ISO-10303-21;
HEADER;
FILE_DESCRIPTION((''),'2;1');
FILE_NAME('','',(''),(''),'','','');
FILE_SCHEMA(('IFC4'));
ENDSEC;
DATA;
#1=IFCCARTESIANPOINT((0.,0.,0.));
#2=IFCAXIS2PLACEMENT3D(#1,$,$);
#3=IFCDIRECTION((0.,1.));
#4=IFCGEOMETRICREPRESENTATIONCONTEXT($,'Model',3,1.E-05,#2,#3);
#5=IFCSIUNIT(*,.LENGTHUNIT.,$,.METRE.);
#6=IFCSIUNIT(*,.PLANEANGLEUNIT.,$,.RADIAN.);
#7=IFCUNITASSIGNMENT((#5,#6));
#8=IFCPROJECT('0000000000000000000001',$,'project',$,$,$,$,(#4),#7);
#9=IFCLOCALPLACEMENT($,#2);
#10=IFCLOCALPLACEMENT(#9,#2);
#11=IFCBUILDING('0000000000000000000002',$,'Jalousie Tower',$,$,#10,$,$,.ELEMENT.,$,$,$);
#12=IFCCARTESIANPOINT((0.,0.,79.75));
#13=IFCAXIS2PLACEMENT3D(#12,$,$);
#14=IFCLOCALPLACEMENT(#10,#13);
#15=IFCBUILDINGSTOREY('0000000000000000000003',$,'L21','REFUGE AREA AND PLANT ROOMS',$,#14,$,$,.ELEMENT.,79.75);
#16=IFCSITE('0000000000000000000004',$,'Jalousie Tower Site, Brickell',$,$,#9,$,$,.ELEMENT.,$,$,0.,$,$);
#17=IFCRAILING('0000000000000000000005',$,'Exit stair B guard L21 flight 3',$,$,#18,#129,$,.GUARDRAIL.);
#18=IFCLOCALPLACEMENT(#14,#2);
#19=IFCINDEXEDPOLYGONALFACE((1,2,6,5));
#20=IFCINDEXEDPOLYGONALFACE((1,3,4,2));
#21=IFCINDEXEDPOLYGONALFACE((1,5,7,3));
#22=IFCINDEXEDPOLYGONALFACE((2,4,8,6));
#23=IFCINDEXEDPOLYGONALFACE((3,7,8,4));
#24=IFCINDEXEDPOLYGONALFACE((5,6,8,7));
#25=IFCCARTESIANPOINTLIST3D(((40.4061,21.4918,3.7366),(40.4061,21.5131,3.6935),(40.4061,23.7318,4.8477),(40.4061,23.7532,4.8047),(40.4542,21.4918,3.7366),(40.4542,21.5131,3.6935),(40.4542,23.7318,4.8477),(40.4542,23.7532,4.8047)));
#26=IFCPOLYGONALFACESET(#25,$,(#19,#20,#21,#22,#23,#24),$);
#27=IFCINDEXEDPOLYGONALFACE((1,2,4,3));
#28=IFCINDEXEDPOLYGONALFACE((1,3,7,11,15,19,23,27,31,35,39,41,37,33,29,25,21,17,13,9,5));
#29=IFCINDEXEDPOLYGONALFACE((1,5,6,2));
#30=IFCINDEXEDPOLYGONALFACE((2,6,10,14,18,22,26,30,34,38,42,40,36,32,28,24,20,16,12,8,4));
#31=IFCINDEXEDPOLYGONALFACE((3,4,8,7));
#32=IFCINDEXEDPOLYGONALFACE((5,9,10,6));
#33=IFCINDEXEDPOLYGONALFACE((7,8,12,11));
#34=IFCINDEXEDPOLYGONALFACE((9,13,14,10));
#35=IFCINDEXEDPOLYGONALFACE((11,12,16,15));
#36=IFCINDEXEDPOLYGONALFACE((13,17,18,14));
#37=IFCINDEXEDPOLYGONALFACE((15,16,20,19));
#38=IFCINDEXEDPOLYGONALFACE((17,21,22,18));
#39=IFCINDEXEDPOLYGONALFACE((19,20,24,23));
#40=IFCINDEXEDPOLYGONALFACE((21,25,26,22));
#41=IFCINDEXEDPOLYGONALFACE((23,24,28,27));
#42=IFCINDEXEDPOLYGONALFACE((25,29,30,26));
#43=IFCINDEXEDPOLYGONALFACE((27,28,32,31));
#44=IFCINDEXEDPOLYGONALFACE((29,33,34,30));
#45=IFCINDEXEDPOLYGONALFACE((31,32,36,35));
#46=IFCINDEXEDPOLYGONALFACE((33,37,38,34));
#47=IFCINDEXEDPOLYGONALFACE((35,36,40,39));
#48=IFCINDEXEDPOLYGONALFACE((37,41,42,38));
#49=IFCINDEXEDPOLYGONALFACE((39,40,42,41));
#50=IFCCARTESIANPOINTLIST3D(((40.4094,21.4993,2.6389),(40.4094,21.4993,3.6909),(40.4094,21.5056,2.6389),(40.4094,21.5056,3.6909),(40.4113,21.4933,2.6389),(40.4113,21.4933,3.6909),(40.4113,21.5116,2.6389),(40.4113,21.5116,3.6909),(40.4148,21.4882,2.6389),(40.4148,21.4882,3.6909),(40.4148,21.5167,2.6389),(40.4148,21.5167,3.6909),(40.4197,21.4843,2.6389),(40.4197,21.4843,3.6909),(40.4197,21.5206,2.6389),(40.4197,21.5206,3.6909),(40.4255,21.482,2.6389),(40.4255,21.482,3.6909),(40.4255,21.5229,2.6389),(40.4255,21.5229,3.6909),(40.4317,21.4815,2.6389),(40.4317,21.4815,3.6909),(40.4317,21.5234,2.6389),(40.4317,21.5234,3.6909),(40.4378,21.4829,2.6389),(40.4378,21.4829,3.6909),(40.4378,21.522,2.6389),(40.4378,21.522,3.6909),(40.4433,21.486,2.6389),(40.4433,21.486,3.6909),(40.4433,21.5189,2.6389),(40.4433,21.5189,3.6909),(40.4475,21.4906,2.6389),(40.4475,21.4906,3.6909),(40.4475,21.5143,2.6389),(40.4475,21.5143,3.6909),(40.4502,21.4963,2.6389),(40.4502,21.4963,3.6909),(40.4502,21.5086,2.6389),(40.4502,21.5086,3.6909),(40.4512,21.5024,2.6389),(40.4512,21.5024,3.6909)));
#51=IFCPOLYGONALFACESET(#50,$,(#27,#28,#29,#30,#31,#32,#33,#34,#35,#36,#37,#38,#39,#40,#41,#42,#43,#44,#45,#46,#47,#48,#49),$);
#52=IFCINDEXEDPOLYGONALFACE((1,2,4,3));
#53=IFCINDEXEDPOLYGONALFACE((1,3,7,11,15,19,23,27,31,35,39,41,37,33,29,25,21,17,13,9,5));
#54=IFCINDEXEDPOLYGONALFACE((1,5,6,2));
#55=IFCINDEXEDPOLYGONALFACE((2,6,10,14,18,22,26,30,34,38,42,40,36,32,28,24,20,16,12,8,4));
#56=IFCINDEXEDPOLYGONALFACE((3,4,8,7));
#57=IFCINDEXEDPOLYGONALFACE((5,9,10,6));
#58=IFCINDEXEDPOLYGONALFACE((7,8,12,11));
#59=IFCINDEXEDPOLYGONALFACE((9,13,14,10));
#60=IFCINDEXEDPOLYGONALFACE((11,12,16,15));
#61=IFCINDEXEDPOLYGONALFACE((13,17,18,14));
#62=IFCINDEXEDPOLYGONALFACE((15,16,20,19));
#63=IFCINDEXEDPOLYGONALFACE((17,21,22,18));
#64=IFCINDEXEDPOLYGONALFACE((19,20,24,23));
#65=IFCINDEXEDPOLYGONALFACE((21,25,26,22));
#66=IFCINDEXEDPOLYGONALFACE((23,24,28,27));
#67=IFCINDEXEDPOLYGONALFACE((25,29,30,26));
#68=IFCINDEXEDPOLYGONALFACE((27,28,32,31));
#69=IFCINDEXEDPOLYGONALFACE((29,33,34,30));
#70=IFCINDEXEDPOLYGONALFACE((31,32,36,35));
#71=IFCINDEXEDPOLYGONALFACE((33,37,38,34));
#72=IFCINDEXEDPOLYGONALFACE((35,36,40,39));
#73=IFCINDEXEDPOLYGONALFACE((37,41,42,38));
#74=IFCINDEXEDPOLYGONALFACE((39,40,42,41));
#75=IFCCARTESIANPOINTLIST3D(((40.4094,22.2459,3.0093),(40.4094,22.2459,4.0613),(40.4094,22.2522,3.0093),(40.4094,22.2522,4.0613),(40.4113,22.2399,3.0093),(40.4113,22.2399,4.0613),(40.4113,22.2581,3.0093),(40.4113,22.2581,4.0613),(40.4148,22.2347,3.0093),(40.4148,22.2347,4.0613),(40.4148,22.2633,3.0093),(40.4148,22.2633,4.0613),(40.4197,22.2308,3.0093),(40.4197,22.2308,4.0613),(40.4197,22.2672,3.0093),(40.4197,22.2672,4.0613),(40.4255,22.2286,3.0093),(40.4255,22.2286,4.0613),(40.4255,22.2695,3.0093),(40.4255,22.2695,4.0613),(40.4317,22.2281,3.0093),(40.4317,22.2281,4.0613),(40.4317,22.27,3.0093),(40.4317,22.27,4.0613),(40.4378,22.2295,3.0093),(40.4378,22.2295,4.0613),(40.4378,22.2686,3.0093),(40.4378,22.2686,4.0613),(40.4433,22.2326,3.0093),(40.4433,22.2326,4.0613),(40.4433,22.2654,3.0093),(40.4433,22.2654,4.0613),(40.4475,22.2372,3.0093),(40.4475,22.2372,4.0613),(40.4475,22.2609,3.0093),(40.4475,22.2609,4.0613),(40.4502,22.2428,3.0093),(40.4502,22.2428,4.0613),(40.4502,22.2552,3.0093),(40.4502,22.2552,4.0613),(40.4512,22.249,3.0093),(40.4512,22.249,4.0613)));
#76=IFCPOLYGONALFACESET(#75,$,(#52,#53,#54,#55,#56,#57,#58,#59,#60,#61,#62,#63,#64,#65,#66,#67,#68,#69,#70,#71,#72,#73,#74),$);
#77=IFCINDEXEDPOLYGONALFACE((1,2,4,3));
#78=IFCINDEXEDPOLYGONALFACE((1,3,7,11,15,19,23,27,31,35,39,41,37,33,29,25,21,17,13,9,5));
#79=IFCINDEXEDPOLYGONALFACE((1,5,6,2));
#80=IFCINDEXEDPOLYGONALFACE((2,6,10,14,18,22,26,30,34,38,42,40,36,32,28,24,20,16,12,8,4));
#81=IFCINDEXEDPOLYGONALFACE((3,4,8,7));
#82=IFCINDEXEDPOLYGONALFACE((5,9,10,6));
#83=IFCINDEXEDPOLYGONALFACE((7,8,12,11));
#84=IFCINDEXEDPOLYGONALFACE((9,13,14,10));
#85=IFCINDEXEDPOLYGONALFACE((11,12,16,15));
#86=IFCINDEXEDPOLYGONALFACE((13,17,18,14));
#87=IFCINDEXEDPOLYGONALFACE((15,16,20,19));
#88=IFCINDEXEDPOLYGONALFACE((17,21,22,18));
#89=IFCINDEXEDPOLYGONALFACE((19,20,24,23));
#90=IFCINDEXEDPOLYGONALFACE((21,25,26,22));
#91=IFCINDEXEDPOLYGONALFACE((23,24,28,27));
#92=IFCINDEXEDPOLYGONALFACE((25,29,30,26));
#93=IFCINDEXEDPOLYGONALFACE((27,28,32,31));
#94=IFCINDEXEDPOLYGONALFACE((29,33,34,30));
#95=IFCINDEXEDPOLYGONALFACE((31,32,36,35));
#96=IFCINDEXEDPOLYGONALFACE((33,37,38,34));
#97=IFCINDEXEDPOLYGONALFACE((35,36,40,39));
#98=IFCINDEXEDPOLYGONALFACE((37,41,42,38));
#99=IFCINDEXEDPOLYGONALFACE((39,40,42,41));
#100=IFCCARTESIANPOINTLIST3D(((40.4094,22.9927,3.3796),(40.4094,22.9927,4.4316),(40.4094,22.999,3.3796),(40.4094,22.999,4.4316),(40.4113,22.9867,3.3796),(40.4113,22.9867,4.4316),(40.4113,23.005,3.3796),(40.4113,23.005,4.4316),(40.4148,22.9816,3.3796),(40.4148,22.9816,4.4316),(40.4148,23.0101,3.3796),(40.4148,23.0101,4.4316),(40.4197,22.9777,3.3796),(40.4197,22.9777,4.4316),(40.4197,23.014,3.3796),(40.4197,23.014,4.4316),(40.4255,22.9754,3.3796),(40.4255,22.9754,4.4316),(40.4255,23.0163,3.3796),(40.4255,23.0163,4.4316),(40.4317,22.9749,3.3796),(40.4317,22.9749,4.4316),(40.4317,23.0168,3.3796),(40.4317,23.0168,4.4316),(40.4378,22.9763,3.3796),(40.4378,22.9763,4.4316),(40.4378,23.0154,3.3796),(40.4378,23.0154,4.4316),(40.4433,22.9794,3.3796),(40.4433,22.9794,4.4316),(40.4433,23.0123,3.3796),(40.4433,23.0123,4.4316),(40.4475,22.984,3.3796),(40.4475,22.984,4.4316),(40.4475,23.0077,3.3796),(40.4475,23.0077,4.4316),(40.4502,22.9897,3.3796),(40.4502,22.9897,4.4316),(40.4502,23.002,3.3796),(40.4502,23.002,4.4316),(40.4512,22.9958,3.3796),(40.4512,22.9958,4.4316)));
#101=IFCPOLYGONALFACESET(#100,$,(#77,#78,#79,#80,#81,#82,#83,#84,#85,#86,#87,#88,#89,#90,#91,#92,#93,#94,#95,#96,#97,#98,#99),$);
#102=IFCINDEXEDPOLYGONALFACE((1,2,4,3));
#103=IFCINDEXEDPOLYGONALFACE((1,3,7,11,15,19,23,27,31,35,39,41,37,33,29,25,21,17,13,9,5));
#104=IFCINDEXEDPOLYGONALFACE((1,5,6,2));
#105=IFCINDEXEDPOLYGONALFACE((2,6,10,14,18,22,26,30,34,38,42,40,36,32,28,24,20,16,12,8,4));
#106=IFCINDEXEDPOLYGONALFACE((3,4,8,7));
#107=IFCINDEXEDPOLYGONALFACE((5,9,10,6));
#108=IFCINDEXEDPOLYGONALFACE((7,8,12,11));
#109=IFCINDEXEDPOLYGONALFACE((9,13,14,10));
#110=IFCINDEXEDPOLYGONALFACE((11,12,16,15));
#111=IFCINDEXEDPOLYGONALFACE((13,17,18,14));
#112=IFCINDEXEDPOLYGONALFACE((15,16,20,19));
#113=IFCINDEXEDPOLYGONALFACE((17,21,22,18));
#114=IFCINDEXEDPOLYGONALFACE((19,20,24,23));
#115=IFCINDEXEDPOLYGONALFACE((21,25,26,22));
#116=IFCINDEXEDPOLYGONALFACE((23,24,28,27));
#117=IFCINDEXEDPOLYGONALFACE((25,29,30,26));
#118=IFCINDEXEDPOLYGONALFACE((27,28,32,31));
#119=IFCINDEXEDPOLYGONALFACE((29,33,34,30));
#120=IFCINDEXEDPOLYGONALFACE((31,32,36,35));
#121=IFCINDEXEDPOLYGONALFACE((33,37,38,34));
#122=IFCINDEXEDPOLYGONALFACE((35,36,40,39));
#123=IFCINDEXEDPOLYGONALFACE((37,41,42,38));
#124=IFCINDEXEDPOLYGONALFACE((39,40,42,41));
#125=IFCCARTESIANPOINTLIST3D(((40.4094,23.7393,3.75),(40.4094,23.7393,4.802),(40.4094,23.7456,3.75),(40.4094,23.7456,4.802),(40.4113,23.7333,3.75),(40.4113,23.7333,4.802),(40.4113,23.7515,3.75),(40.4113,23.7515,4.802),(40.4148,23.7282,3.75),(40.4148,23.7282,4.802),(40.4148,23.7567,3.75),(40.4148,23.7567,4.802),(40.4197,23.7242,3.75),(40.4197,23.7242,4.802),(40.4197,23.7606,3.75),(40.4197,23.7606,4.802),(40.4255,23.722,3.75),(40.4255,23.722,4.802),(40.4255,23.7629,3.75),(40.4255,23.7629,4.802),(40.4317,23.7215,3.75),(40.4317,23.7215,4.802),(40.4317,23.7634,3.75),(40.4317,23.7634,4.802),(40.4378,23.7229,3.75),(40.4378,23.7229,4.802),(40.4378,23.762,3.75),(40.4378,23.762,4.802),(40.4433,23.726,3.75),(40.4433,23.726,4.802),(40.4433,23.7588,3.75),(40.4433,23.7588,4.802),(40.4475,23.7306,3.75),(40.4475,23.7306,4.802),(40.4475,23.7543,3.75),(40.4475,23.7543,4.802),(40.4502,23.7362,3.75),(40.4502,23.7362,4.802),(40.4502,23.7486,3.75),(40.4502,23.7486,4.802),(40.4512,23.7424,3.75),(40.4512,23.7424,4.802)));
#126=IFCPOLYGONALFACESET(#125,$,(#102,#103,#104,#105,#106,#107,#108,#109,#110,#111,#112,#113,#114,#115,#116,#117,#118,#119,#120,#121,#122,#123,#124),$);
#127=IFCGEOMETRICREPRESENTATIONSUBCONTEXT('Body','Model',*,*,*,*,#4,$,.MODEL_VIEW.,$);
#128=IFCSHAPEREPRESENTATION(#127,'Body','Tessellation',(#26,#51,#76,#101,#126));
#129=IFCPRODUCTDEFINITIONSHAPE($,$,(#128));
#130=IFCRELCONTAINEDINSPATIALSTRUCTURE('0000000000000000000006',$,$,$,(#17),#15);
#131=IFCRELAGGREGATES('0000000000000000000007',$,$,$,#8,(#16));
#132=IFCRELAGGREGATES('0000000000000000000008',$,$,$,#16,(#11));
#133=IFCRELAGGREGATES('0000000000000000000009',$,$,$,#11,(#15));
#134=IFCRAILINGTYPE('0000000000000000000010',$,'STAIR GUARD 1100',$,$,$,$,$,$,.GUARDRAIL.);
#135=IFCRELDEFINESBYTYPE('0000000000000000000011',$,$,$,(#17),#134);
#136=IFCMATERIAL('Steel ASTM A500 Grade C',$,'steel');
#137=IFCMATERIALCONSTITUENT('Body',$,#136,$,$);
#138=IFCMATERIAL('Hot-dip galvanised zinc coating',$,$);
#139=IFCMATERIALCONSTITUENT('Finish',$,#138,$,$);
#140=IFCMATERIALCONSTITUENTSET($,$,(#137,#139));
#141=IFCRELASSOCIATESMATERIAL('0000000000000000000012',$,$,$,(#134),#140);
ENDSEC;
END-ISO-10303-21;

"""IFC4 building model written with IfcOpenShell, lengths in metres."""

from ifc_helpers import new_model, si_unit, direction, frame, origin, origin_2d, place, context, subcontext, project, spatial, rectangle, circle, extrude, material, constituent, constituent_set, type_object, element, save


model = new_model("IFC4")

# Units and contexts
model_context = context("Model", 3, precision=1e-05, world=origin(), true_north=direction((0.0, 1.0)))
body_context = subcontext(model_context, "Body", "Model", "MODEL_VIEW")
ifc_project = project(units=[si_unit("LENGTHUNIT", "METRE"), si_unit("PLANEANGLEUNIT", "RADIAN")], contexts=[model_context])

# Site, building, storey
site_placement = place(None, origin())
site = spatial("IfcSite", under=ifc_project, at=site_placement, Name="Jalousie Tower Site, Brickell", CompositionType="ELEMENT", RefElevation=0.0)
building_placement = place(site_placement, origin())
building = spatial("IfcBuilding", under=site, at=building_placement, Name="Jalousie Tower", CompositionType="ELEMENT")
storey_placement = place(building_placement, frame((0.0, 0.0, 79.75)))
storey = spatial("IfcBuildingStorey", under=building, at=storey_placement, Name="L21", Description="REFUGE AREA AND PLANT ROOMS", CompositionType="ELEMENT", Elevation=79.75)

# Railing
ifc_material_1 = material(Name="Steel ASTM A500 Grade C", Category="steel")
ifc_constituent_1 = constituent(ifc_material_1, Name="Body")
ifc_material_2 = material(Name="Hot-dip galvanised zinc coating")
ifc_constituent_2 = constituent(ifc_material_2, Name="Finish")
ifc_constituent_set_1 = constituent_set(constituents=[ifc_constituent_1, ifc_constituent_2])
railing_type = type_object("IfcRailingType", Name="STAIR GUARD 1100", PredefinedType="GUARDRAIL", material=ifc_constituent_set_1)
for number, where, name in (
    (1, (40.4302, 21.5024, 2.6389), "Exit stair B guard L21 flight 3"),
):
    element("IfcRailing", number, at=place(storey_placement, frame(where)), inside=storey, type_object=railing_type, Name=name, PredefinedType="GUARDRAIL", context=body_context, shape_type="SweptSolid", body=[
        extrude(rectangle(XDim=0.0481, YDim=0.0481, at=origin_2d()), frame((0.0, 0.0, 1.0762), z_axis=(0.0, 0.895848, 0.44436), x_axis=(-1.0, 0.0, 0.0)), (0.0, 0.0, 1.0), 2.5005),
        extrude(circle(Radius=0.021, at=origin_2d()), origin(), (0.0, 0.0, 1.0), 1.052),
        extrude(circle(Radius=0.021, at=origin_2d()), frame((0.0, 0.7466, 0.3704)), (0.0, 0.0, 1.0), 1.052),
        extrude(circle(Radius=0.021, at=origin_2d()), frame((0.0, 1.4934, 0.7407)), (0.0, 0.0, 1.0), 1.052),
        extrude(circle(Radius=0.021, at=origin_2d()), frame((0.0, 2.24, 1.1111)), (0.0, 0.0, 1.0), 1.052),
    ])

save(model, "model.ifc")
